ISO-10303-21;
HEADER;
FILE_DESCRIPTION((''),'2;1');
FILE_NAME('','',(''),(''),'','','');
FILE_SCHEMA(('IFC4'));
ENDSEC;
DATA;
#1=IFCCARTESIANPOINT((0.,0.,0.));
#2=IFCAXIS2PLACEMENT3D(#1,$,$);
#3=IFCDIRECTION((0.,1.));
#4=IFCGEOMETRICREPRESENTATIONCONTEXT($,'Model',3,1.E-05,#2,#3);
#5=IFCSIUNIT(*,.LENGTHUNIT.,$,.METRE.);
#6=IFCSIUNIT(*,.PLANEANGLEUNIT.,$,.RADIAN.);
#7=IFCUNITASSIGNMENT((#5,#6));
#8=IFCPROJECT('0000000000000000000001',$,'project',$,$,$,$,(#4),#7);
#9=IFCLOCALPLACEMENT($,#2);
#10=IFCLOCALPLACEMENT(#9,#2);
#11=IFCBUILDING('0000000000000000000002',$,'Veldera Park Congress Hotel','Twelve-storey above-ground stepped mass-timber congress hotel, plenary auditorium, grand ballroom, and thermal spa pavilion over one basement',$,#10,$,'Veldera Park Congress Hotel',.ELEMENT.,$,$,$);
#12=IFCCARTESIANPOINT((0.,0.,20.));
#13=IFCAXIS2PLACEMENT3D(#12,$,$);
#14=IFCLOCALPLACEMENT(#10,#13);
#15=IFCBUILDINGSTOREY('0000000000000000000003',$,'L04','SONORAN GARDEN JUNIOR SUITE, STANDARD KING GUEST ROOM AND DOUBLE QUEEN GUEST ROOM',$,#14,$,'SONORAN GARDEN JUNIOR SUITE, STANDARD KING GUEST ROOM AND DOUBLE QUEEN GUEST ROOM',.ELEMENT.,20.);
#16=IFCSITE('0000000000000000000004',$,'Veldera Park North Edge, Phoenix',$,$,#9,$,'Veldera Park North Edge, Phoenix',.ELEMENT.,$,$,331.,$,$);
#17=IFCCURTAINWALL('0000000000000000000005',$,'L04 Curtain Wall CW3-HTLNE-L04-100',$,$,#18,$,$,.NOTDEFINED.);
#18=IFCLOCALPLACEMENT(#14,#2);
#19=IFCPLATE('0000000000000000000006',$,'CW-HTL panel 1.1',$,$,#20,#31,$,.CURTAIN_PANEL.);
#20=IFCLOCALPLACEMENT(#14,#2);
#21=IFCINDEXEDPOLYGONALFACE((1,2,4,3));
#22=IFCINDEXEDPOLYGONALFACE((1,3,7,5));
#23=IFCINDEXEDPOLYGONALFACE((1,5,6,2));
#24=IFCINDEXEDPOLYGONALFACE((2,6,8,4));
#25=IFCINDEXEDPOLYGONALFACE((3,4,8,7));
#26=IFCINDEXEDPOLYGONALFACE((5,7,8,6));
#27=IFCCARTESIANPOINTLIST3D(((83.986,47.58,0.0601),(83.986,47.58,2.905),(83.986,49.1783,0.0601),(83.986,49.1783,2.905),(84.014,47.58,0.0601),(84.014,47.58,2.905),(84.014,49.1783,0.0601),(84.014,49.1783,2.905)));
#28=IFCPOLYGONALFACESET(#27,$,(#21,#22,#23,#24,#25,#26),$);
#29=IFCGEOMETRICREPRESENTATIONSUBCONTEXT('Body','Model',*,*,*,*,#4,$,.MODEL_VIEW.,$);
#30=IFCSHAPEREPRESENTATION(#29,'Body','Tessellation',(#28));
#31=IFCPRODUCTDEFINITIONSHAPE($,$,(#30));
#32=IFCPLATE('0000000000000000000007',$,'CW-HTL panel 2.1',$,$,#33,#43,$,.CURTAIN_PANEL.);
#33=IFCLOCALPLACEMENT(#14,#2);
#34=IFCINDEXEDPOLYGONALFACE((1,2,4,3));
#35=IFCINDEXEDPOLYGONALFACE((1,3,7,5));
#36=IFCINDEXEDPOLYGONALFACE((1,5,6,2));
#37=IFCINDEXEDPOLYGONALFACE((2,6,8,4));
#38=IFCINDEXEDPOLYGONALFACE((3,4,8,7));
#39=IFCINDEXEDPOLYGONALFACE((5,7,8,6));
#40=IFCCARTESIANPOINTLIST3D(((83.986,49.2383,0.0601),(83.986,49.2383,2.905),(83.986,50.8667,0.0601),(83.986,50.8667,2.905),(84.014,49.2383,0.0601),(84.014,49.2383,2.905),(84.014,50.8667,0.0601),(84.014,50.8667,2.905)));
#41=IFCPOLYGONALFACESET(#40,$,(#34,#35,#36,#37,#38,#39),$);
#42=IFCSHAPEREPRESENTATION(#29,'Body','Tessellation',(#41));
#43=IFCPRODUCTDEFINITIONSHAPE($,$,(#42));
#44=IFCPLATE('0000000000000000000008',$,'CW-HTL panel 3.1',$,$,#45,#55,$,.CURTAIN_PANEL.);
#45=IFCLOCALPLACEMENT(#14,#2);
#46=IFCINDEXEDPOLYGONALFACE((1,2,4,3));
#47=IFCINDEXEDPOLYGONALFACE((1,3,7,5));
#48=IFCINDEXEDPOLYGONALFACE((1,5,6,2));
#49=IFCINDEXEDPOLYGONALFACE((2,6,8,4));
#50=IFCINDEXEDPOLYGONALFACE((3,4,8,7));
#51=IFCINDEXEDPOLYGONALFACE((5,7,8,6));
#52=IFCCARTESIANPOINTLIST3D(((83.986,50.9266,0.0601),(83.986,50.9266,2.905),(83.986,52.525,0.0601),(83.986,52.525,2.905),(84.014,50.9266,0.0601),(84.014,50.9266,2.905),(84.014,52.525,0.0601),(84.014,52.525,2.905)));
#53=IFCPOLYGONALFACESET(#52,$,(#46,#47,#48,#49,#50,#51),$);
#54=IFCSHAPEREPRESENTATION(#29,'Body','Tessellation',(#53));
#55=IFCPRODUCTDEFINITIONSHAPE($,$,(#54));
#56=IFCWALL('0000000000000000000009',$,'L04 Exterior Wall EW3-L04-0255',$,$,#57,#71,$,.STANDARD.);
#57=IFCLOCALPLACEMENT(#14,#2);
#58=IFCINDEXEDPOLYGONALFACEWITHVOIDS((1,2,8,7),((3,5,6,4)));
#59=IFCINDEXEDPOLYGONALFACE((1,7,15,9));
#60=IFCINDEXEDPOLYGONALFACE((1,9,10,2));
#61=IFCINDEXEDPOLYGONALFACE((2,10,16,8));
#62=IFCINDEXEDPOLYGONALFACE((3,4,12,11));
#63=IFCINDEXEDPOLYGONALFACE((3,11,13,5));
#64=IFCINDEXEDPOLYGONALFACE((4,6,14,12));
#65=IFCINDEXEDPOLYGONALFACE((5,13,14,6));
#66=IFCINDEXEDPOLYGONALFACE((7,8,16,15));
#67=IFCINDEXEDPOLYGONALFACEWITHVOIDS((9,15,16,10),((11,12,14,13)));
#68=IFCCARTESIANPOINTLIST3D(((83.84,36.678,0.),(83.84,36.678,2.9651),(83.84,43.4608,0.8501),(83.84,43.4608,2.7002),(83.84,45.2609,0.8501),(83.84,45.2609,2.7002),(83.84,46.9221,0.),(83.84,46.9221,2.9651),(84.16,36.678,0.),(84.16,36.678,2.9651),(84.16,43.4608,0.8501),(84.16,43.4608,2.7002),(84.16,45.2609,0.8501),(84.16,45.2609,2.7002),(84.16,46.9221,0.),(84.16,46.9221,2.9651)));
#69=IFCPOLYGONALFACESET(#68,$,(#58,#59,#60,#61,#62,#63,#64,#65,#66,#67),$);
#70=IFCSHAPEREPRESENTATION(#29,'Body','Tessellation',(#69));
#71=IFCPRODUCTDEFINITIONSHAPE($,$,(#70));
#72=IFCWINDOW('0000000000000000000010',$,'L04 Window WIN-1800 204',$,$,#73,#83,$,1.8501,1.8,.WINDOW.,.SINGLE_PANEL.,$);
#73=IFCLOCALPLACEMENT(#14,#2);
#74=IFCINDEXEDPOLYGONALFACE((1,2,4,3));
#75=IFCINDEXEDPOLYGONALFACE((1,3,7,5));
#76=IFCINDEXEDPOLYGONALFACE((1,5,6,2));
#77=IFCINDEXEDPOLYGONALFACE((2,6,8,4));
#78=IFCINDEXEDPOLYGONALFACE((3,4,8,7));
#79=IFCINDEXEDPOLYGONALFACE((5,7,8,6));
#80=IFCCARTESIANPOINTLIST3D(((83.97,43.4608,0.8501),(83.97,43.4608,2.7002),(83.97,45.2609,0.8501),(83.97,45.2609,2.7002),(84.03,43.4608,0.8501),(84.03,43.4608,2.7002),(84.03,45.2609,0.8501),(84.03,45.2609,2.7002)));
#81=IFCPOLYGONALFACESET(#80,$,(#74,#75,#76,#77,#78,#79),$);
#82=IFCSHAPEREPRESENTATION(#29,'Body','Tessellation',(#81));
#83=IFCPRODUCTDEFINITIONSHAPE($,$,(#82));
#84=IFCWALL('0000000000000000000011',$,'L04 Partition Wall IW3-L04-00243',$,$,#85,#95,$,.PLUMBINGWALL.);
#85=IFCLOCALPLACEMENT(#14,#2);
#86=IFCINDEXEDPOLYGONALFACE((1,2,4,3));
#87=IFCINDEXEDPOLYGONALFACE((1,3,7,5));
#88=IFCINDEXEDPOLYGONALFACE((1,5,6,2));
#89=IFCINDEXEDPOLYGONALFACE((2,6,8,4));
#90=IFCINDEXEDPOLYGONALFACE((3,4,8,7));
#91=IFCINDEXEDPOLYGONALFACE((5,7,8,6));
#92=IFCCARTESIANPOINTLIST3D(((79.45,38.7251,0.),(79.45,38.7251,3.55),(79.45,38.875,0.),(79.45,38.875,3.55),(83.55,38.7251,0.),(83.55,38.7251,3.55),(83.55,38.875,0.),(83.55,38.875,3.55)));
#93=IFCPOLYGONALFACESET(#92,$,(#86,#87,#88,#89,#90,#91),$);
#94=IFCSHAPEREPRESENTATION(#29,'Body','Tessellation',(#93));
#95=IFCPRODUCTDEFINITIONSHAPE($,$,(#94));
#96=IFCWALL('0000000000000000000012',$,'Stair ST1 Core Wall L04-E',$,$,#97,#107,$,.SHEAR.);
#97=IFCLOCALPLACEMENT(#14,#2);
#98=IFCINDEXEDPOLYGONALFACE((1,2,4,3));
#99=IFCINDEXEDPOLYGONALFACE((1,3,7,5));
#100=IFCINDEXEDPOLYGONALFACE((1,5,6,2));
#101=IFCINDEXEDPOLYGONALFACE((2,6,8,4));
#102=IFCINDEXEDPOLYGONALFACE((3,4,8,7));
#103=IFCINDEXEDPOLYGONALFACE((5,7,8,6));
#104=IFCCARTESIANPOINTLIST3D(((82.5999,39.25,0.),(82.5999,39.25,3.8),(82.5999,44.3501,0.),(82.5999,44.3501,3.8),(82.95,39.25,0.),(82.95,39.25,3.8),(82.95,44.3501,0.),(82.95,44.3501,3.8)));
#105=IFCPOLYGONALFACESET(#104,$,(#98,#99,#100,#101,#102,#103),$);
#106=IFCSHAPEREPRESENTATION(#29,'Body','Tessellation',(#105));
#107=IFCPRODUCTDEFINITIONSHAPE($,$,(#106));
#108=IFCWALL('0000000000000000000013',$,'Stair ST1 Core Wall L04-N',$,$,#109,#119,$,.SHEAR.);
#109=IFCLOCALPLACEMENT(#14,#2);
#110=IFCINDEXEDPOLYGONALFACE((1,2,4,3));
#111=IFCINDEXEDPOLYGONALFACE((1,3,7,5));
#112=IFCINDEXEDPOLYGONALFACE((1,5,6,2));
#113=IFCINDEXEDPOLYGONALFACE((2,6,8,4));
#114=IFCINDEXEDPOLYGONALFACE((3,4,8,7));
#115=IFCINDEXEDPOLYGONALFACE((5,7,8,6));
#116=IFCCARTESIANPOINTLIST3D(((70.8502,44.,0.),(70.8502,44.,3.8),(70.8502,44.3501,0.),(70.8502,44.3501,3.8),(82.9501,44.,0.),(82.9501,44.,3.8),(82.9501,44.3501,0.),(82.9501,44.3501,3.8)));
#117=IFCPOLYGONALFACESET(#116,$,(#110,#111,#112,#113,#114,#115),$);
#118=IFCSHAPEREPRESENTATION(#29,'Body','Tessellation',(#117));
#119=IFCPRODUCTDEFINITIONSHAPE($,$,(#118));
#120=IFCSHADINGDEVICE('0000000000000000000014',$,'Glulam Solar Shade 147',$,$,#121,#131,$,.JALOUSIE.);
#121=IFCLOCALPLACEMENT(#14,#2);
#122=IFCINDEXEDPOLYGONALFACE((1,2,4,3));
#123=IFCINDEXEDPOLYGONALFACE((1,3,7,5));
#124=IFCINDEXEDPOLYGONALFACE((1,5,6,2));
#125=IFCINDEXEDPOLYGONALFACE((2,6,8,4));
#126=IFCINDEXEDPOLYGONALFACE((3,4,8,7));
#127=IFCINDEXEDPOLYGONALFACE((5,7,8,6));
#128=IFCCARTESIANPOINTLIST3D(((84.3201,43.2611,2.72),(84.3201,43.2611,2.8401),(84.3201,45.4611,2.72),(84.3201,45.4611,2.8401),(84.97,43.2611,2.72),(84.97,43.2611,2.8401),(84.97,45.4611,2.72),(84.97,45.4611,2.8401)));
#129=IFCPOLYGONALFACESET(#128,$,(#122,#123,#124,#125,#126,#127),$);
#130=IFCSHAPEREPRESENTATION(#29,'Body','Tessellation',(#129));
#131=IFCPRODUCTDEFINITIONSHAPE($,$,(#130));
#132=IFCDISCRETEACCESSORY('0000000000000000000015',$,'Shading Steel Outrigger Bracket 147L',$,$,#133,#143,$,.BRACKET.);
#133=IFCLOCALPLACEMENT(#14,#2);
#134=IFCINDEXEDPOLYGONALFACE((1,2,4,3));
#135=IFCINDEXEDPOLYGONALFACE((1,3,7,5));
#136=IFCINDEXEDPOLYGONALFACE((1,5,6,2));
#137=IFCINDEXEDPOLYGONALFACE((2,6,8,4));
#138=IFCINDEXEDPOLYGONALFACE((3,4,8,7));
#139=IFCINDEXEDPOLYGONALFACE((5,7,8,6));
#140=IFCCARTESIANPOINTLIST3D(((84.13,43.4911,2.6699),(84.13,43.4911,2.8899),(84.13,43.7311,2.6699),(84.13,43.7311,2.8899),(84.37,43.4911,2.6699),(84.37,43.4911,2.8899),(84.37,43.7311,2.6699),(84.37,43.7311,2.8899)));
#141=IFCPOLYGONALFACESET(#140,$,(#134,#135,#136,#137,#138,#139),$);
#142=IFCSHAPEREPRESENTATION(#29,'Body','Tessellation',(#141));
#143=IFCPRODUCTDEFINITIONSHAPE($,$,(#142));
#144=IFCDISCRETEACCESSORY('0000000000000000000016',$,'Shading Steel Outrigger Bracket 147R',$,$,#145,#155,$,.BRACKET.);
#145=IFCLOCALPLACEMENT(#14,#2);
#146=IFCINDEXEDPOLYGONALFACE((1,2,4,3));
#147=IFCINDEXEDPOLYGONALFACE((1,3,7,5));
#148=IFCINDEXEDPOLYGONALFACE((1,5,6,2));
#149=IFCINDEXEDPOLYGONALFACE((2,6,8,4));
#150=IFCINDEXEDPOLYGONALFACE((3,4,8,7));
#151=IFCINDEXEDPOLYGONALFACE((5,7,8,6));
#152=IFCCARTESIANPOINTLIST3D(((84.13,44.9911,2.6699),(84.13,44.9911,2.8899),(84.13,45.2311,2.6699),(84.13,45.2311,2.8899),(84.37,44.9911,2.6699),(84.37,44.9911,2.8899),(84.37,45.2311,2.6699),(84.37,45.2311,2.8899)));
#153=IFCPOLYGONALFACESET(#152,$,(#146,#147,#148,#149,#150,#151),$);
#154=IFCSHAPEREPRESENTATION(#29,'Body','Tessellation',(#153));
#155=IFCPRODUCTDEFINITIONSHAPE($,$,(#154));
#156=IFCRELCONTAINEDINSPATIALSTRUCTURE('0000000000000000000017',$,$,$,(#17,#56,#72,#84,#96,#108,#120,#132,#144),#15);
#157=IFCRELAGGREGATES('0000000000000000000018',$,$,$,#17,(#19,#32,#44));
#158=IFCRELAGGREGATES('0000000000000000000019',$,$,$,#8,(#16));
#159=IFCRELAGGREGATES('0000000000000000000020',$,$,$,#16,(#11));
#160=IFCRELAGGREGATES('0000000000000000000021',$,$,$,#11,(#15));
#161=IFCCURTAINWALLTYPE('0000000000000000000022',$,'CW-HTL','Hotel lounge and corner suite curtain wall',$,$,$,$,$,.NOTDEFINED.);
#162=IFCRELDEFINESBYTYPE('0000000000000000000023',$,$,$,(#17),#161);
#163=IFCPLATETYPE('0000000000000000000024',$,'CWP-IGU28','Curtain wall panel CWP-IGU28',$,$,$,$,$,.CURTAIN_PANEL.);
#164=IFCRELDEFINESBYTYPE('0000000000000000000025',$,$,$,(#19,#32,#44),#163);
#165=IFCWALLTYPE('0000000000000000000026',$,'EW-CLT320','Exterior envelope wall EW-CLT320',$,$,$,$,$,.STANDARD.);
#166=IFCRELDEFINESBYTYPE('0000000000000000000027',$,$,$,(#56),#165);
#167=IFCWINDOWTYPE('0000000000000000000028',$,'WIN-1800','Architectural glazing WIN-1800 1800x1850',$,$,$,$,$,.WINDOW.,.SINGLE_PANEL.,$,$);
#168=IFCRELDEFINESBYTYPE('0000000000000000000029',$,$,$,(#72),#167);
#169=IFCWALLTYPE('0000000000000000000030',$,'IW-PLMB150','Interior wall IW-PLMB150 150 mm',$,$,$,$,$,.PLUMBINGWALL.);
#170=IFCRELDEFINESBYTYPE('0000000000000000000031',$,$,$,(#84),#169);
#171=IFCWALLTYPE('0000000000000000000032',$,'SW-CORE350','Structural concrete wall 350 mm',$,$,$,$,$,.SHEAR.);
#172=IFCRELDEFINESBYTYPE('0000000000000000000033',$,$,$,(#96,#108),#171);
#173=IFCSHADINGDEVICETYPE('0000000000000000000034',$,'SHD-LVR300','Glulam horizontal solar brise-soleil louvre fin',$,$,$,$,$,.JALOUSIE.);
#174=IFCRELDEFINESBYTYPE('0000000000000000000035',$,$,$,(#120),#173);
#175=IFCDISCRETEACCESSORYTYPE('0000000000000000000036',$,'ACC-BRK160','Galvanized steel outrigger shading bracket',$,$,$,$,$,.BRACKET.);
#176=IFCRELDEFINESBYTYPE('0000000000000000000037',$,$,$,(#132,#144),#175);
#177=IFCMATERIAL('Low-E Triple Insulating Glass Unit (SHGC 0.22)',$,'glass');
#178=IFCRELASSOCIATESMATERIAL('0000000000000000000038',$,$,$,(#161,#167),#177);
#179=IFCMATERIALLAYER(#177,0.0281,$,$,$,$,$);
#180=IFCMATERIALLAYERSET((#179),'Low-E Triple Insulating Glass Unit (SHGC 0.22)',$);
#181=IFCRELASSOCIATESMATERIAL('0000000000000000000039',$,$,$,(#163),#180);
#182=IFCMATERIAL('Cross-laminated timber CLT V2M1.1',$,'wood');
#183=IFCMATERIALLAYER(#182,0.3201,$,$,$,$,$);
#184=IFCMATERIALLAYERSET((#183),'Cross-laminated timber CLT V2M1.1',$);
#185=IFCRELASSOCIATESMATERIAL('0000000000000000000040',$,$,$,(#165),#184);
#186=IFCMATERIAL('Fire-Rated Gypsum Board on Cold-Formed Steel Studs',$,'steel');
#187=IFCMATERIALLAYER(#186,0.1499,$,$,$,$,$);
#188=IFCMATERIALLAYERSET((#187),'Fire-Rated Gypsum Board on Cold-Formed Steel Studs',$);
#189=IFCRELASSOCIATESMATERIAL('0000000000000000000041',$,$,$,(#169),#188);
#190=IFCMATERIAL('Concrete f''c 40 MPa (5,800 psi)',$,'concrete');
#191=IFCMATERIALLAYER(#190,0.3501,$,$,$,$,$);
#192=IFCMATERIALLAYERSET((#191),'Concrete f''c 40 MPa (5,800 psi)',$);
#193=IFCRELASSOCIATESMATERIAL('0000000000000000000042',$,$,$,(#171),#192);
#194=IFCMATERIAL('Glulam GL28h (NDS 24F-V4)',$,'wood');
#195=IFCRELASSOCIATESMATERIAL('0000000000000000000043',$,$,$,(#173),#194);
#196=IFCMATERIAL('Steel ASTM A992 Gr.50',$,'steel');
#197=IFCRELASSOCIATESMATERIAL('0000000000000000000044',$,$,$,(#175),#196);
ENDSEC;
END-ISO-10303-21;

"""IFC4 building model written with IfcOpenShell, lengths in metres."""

from ifc_helpers import new_model, si_unit, direction, frame, frame_2d, origin, origin_2d, place, context, subcontext, project, spatial, rectangle, extrude, material, layer, layer_set, type_object, element, fill, aggregate, save


model = new_model("IFC4")

# Units and contexts
model_context = context("Model", 3, precision=1e-05, world=origin(), true_north=direction((0.0, 1.0)))
body_context = subcontext(model_context, "Body", "Model", "MODEL_VIEW")
ifc_project = project(units=[si_unit("LENGTHUNIT", "METRE"), si_unit("PLANEANGLEUNIT", "RADIAN")], contexts=[model_context])

# Site, building, storey
site_placement = place(None, origin())
site = spatial("IfcSite", under=ifc_project, at=site_placement, Name="Veldera Park North Edge, Phoenix", LongName="Veldera Park North Edge, Phoenix", CompositionType="ELEMENT", RefElevation=331.0)
building_placement = place(site_placement, origin())
building = spatial("IfcBuilding", under=site, at=building_placement, Name="Veldera Park Congress Hotel", Description="Twelve-storey above-ground stepped mass-timber congress hotel, plenary auditorium, grand ballroom, and thermal spa pavilion over one basement", LongName="Veldera Park Congress Hotel", CompositionType="ELEMENT")
storey_placement = place(building_placement, frame((0.0, 0.0, 20.0)))
storey = spatial("IfcBuildingStorey", under=building, at=storey_placement, Name="L04", Description="SONORAN GARDEN JUNIOR SUITE, STANDARD KING GUEST ROOM AND DOUBLE QUEEN GUEST ROOM", LongName="SONORAN GARDEN JUNIOR SUITE, STANDARD KING GUEST ROOM AND DOUBLE QUEEN GUEST ROOM", CompositionType="ELEMENT", Elevation=20.0)

# Shared definitions
ifc_material_1 = material(Name="Glulam GL28h (NDS 24F-V4)", Category="wood")

# Curtain wall
ifc_material_2 = material(Name="Low-E Triple Insulating Glass Unit (SHGC 0.22)", Category="glass")
curtain_wall_type = type_object("IfcCurtainWallType", Name="CW-HTL", Description="Hotel lounge and corner suite curtain wall", PredefinedType="NOTDEFINED", material=ifc_material_2)
curtain_wall_placement = place(storey_placement, origin())
curtain_wall = element("IfcCurtainWall", 1, at=curtain_wall_placement, inside=storey, type_object=curtain_wall_type, Name="L04 Curtain Wall CW3-HTLNE-L04-100", PredefinedType="NOTDEFINED")

# Plates
ifc_layer_1 = layer(ifc_material_2, 0.0281)
ifc_layer_set_1 = layer_set([ifc_layer_1], Name="Low-E Triple Insulating Glass Unit (SHGC 0.22)")
plate_type = type_object("IfcPlateType", Name="CWP-IGU28", Description="Curtain wall panel CWP-IGU28", PredefinedType="CURTAIN_PANEL", material=ifc_layer_set_1)
plate_1_placement = place(storey_placement, frame((84.0, 48.3792, 0.0601), z_axis=(0.0, 0.0, 1.0), x_axis=(0.0, 1.0, 0.0)))
plate_1 = element("IfcPlate", 2, at=plate_1_placement, type_object=plate_type, Name="CW-HTL panel 1.1", PredefinedType="CURTAIN_PANEL", context=body_context, shape_type="SweptSolid", body=[
    extrude(rectangle(XDim=1.5984, YDim=0.0281, at=origin_2d()), origin(), (0.0, 0.0, 1.0), 2.845),
])
plate_2_placement = place(storey_placement, frame((84.0, 50.0525, 0.0601), z_axis=(0.0, 0.0, 1.0), x_axis=(0.0, 1.0, 0.0)))
plate_2 = element("IfcPlate", 3, at=plate_2_placement, type_object=plate_type, Name="CW-HTL panel 2.1", PredefinedType="CURTAIN_PANEL", context=body_context, shape_type="SweptSolid", body=[
    extrude(rectangle(XDim=1.6284, YDim=0.0281, at=origin_2d()), origin(), (0.0, 0.0, 1.0), 2.845),
])
plate_3_placement = place(storey_placement, frame((84.0, 51.7258, 0.0601), z_axis=(0.0, 0.0, 1.0), x_axis=(0.0, 1.0, 0.0)))
plate_3 = element("IfcPlate", 4, at=plate_3_placement, type_object=plate_type, Name="CW-HTL panel 3.1", PredefinedType="CURTAIN_PANEL", context=body_context, shape_type="SweptSolid", body=[
    extrude(rectangle(XDim=1.5984, YDim=0.0281, at=origin_2d()), origin(), (0.0, 0.0, 1.0), 2.845),
])
aggregate(curtain_wall, [plate_1, plate_2, plate_3])

# Wall, opening, window
ifc_material_3 = material(Name="Cross-laminated timber CLT V2M1.1", Category="wood")
ifc_layer_2 = layer(ifc_material_3, 0.3201)
ifc_layer_set_2 = layer_set([ifc_layer_2], Name="Cross-laminated timber CLT V2M1.1")
wall_type_1 = type_object("IfcWallType", Name="EW-CLT320", Description="Exterior envelope wall EW-CLT320", PredefinedType="STANDARD", material=ifc_layer_set_2)
wall_1_placement = place(storey_placement, frame((84.0, 36.678, 0.0), z_axis=(0.0, 0.0, 1.0), x_axis=(0.0, 1.0, 0.0)))
wall_1 = element("IfcWall", 5, at=wall_1_placement, inside=storey, type_object=wall_type_1, Name="L04 Exterior Wall EW3-L04-0255", PredefinedType="STANDARD", context=body_context, shape_type="SweptSolid", body=[
    extrude(rectangle(XDim=10.2441, YDim=0.3201, at=frame_2d((5.1221, 0.0))), origin(), (0.0, 0.0, 1.0), 2.9651),
])
opening_placement = place(wall_1_placement, frame((6.783, 0.0, 0.8501)))
opening = element("IfcOpeningElement", 6, at=opening_placement, cuts=wall_1, PredefinedType="OPENING", context=body_context, shape_type="SweptSolid", body=[
    extrude(rectangle(XDim=1.8, YDim=1.8501, at=frame_2d((0.8999, 0.925))), frame((0.0, 0.1721, 0.0), z_axis=(0.0, -1.0, 0.0), x_axis=(1.0, 0.0, 0.0)), (0.0, 0.0, 1.0), 0.344),
])
window_type = type_object("IfcWindowType", Name="WIN-1800", Description="Architectural glazing WIN-1800 1800x1850", PartitioningType="SINGLE_PANEL", PredefinedType="WINDOW", material=ifc_material_2)
window_placement = place(opening_placement, origin())
window = element("IfcWindow", 7, at=window_placement, inside=storey, type_object=window_type, Name="L04 Window WIN-1800 204", OverallHeight=1.8501, OverallWidth=1.8, PartitioningType="SINGLE_PANEL", PredefinedType="WINDOW", context=body_context, shape_type="SweptSolid", body=[
    extrude(rectangle(XDim=1.8, YDim=1.8501, at=frame_2d((0.8999, 0.925))), frame((0.0, 0.03, 0.0), z_axis=(0.0, -1.0, 0.0), x_axis=(1.0, 0.0, 0.0)), (0.0, 0.0, 1.0), 0.0601),
])
fill(opening, window)

# Walls
ifc_material_4 = material(Name="Fire-Rated Gypsum Board on Cold-Formed Steel Studs", Category="steel")
ifc_layer_3 = layer(ifc_material_4, 0.1499)
ifc_layer_set_3 = layer_set([ifc_layer_3], Name="Fire-Rated Gypsum Board on Cold-Formed Steel Studs")
wall_type_2 = type_object("IfcWallType", Name="IW-PLMB150", Description="Interior wall IW-PLMB150 150 mm", PredefinedType="PLUMBINGWALL", material=ifc_layer_set_3)
wall_2_placement = place(storey_placement, frame((83.55, 38.8, 0.0), z_axis=(0.0, 0.0, 1.0), x_axis=(-1.0, 0.0, 0.0)))
element("IfcWall", 8, at=wall_2_placement, inside=storey, type_object=wall_type_2, Name="L04 Partition Wall IW3-L04-00243", PredefinedType="PLUMBINGWALL", context=body_context, shape_type="SweptSolid", body=[
    extrude(rectangle(XDim=4.1001, YDim=0.1499, at=frame_2d((2.05, 0.0))), origin(), (0.0, 0.0, 1.0), 3.55),
])
ifc_material_5 = material(Name="Concrete f'c 40 MPa (5,800 psi)", Category="concrete")
ifc_layer_4 = layer(ifc_material_5, 0.3501)
ifc_layer_set_4 = layer_set([ifc_layer_4], Name="Concrete f'c 40 MPa (5,800 psi)")
wall_type_3 = type_object("IfcWallType", Name="SW-CORE350", Description="Structural concrete wall 350 mm", PredefinedType="SHEAR", material=ifc_layer_set_4)
wall_3_placement = place(storey_placement, frame((82.7749, 39.25, 0.0), z_axis=(0.0, 0.0, 1.0), x_axis=(0.0, 1.0, 0.0)))
element("IfcWall", 9, at=wall_3_placement, inside=storey, type_object=wall_type_3, Name="Stair ST1 Core Wall L04-E", PredefinedType="SHEAR", context=body_context, shape_type="SweptSolid", body=[
    extrude(rectangle(XDim=5.1001, YDim=0.3501, at=frame_2d((2.55, 0.0))), origin(), (0.0, 0.0, 1.0), 3.8),
])
wall_4_placement = place(storey_placement, frame((82.95, 44.175, 0.0), z_axis=(0.0, 0.0, 1.0), x_axis=(-1.0, 0.0, 0.0)))
element("IfcWall", 10, at=wall_4_placement, inside=storey, type_object=wall_type_3, Name="Stair ST1 Core Wall L04-N", PredefinedType="SHEAR", context=body_context, shape_type="SweptSolid", body=[
    extrude(rectangle(XDim=12.0999, YDim=0.3501, at=frame_2d((6.0498, 0.0))), origin(), (0.0, 0.0, 1.0), 3.8),
])

# Shading device
shading_device_type = type_object("IfcShadingDeviceType", Name="SHD-LVR300", Description="Glulam horizontal solar brise-soleil louvre fin", PredefinedType="JALOUSIE", material=ifc_material_1)
shading_device_placement = place(storey_placement, frame((84.645, 44.3611, 2.72), z_axis=(0.0, 0.0, 1.0), x_axis=(0.0, 1.0, 0.0)))
element("IfcShadingDevice", 11, at=shading_device_placement, inside=storey, type_object=shading_device_type, Name="Glulam Solar Shade 147", PredefinedType="JALOUSIE", context=body_context, shape_type="SweptSolid", body=[
    extrude(rectangle(XDim=2.2, YDim=0.6499, at=origin_2d()), origin(), (0.0, 0.0, 1.0), 0.1201),
])

# Discrete accessories
ifc_material_6 = material(Name="Steel ASTM A992 Gr.50", Category="steel")
discrete_accessory_type = type_object("IfcDiscreteAccessoryType", Name="ACC-BRK160", Description="Galvanized steel outrigger shading bracket", PredefinedType="BRACKET", material=ifc_material_6)
for number, where, z_axis, x_axis, name in (
    (12, (84.25, 43.6111, 2.6699), (0.0, 0.0, 1.0), (0.0, 1.0, 0.0), "Shading Steel Outrigger Bracket 147L"),
    (13, (84.25, 45.1111, 2.6699), (0.0, 0.0, 1.0), (0.0, 1.0, 0.0), "Shading Steel Outrigger Bracket 147R"),
):
    element("IfcDiscreteAccessory", number, at=place(storey_placement, frame(where, z_axis=z_axis, x_axis=x_axis)), inside=storey, type_object=discrete_accessory_type, Name=name, PredefinedType="BRACKET", context=body_context, shape_type="SweptSolid", body=[
        extrude(rectangle(XDim=0.24, YDim=0.24, at=origin_2d()), origin(), (0.0, 0.0, 1.0), 0.22),
    ])

save(model, "model.ifc")
